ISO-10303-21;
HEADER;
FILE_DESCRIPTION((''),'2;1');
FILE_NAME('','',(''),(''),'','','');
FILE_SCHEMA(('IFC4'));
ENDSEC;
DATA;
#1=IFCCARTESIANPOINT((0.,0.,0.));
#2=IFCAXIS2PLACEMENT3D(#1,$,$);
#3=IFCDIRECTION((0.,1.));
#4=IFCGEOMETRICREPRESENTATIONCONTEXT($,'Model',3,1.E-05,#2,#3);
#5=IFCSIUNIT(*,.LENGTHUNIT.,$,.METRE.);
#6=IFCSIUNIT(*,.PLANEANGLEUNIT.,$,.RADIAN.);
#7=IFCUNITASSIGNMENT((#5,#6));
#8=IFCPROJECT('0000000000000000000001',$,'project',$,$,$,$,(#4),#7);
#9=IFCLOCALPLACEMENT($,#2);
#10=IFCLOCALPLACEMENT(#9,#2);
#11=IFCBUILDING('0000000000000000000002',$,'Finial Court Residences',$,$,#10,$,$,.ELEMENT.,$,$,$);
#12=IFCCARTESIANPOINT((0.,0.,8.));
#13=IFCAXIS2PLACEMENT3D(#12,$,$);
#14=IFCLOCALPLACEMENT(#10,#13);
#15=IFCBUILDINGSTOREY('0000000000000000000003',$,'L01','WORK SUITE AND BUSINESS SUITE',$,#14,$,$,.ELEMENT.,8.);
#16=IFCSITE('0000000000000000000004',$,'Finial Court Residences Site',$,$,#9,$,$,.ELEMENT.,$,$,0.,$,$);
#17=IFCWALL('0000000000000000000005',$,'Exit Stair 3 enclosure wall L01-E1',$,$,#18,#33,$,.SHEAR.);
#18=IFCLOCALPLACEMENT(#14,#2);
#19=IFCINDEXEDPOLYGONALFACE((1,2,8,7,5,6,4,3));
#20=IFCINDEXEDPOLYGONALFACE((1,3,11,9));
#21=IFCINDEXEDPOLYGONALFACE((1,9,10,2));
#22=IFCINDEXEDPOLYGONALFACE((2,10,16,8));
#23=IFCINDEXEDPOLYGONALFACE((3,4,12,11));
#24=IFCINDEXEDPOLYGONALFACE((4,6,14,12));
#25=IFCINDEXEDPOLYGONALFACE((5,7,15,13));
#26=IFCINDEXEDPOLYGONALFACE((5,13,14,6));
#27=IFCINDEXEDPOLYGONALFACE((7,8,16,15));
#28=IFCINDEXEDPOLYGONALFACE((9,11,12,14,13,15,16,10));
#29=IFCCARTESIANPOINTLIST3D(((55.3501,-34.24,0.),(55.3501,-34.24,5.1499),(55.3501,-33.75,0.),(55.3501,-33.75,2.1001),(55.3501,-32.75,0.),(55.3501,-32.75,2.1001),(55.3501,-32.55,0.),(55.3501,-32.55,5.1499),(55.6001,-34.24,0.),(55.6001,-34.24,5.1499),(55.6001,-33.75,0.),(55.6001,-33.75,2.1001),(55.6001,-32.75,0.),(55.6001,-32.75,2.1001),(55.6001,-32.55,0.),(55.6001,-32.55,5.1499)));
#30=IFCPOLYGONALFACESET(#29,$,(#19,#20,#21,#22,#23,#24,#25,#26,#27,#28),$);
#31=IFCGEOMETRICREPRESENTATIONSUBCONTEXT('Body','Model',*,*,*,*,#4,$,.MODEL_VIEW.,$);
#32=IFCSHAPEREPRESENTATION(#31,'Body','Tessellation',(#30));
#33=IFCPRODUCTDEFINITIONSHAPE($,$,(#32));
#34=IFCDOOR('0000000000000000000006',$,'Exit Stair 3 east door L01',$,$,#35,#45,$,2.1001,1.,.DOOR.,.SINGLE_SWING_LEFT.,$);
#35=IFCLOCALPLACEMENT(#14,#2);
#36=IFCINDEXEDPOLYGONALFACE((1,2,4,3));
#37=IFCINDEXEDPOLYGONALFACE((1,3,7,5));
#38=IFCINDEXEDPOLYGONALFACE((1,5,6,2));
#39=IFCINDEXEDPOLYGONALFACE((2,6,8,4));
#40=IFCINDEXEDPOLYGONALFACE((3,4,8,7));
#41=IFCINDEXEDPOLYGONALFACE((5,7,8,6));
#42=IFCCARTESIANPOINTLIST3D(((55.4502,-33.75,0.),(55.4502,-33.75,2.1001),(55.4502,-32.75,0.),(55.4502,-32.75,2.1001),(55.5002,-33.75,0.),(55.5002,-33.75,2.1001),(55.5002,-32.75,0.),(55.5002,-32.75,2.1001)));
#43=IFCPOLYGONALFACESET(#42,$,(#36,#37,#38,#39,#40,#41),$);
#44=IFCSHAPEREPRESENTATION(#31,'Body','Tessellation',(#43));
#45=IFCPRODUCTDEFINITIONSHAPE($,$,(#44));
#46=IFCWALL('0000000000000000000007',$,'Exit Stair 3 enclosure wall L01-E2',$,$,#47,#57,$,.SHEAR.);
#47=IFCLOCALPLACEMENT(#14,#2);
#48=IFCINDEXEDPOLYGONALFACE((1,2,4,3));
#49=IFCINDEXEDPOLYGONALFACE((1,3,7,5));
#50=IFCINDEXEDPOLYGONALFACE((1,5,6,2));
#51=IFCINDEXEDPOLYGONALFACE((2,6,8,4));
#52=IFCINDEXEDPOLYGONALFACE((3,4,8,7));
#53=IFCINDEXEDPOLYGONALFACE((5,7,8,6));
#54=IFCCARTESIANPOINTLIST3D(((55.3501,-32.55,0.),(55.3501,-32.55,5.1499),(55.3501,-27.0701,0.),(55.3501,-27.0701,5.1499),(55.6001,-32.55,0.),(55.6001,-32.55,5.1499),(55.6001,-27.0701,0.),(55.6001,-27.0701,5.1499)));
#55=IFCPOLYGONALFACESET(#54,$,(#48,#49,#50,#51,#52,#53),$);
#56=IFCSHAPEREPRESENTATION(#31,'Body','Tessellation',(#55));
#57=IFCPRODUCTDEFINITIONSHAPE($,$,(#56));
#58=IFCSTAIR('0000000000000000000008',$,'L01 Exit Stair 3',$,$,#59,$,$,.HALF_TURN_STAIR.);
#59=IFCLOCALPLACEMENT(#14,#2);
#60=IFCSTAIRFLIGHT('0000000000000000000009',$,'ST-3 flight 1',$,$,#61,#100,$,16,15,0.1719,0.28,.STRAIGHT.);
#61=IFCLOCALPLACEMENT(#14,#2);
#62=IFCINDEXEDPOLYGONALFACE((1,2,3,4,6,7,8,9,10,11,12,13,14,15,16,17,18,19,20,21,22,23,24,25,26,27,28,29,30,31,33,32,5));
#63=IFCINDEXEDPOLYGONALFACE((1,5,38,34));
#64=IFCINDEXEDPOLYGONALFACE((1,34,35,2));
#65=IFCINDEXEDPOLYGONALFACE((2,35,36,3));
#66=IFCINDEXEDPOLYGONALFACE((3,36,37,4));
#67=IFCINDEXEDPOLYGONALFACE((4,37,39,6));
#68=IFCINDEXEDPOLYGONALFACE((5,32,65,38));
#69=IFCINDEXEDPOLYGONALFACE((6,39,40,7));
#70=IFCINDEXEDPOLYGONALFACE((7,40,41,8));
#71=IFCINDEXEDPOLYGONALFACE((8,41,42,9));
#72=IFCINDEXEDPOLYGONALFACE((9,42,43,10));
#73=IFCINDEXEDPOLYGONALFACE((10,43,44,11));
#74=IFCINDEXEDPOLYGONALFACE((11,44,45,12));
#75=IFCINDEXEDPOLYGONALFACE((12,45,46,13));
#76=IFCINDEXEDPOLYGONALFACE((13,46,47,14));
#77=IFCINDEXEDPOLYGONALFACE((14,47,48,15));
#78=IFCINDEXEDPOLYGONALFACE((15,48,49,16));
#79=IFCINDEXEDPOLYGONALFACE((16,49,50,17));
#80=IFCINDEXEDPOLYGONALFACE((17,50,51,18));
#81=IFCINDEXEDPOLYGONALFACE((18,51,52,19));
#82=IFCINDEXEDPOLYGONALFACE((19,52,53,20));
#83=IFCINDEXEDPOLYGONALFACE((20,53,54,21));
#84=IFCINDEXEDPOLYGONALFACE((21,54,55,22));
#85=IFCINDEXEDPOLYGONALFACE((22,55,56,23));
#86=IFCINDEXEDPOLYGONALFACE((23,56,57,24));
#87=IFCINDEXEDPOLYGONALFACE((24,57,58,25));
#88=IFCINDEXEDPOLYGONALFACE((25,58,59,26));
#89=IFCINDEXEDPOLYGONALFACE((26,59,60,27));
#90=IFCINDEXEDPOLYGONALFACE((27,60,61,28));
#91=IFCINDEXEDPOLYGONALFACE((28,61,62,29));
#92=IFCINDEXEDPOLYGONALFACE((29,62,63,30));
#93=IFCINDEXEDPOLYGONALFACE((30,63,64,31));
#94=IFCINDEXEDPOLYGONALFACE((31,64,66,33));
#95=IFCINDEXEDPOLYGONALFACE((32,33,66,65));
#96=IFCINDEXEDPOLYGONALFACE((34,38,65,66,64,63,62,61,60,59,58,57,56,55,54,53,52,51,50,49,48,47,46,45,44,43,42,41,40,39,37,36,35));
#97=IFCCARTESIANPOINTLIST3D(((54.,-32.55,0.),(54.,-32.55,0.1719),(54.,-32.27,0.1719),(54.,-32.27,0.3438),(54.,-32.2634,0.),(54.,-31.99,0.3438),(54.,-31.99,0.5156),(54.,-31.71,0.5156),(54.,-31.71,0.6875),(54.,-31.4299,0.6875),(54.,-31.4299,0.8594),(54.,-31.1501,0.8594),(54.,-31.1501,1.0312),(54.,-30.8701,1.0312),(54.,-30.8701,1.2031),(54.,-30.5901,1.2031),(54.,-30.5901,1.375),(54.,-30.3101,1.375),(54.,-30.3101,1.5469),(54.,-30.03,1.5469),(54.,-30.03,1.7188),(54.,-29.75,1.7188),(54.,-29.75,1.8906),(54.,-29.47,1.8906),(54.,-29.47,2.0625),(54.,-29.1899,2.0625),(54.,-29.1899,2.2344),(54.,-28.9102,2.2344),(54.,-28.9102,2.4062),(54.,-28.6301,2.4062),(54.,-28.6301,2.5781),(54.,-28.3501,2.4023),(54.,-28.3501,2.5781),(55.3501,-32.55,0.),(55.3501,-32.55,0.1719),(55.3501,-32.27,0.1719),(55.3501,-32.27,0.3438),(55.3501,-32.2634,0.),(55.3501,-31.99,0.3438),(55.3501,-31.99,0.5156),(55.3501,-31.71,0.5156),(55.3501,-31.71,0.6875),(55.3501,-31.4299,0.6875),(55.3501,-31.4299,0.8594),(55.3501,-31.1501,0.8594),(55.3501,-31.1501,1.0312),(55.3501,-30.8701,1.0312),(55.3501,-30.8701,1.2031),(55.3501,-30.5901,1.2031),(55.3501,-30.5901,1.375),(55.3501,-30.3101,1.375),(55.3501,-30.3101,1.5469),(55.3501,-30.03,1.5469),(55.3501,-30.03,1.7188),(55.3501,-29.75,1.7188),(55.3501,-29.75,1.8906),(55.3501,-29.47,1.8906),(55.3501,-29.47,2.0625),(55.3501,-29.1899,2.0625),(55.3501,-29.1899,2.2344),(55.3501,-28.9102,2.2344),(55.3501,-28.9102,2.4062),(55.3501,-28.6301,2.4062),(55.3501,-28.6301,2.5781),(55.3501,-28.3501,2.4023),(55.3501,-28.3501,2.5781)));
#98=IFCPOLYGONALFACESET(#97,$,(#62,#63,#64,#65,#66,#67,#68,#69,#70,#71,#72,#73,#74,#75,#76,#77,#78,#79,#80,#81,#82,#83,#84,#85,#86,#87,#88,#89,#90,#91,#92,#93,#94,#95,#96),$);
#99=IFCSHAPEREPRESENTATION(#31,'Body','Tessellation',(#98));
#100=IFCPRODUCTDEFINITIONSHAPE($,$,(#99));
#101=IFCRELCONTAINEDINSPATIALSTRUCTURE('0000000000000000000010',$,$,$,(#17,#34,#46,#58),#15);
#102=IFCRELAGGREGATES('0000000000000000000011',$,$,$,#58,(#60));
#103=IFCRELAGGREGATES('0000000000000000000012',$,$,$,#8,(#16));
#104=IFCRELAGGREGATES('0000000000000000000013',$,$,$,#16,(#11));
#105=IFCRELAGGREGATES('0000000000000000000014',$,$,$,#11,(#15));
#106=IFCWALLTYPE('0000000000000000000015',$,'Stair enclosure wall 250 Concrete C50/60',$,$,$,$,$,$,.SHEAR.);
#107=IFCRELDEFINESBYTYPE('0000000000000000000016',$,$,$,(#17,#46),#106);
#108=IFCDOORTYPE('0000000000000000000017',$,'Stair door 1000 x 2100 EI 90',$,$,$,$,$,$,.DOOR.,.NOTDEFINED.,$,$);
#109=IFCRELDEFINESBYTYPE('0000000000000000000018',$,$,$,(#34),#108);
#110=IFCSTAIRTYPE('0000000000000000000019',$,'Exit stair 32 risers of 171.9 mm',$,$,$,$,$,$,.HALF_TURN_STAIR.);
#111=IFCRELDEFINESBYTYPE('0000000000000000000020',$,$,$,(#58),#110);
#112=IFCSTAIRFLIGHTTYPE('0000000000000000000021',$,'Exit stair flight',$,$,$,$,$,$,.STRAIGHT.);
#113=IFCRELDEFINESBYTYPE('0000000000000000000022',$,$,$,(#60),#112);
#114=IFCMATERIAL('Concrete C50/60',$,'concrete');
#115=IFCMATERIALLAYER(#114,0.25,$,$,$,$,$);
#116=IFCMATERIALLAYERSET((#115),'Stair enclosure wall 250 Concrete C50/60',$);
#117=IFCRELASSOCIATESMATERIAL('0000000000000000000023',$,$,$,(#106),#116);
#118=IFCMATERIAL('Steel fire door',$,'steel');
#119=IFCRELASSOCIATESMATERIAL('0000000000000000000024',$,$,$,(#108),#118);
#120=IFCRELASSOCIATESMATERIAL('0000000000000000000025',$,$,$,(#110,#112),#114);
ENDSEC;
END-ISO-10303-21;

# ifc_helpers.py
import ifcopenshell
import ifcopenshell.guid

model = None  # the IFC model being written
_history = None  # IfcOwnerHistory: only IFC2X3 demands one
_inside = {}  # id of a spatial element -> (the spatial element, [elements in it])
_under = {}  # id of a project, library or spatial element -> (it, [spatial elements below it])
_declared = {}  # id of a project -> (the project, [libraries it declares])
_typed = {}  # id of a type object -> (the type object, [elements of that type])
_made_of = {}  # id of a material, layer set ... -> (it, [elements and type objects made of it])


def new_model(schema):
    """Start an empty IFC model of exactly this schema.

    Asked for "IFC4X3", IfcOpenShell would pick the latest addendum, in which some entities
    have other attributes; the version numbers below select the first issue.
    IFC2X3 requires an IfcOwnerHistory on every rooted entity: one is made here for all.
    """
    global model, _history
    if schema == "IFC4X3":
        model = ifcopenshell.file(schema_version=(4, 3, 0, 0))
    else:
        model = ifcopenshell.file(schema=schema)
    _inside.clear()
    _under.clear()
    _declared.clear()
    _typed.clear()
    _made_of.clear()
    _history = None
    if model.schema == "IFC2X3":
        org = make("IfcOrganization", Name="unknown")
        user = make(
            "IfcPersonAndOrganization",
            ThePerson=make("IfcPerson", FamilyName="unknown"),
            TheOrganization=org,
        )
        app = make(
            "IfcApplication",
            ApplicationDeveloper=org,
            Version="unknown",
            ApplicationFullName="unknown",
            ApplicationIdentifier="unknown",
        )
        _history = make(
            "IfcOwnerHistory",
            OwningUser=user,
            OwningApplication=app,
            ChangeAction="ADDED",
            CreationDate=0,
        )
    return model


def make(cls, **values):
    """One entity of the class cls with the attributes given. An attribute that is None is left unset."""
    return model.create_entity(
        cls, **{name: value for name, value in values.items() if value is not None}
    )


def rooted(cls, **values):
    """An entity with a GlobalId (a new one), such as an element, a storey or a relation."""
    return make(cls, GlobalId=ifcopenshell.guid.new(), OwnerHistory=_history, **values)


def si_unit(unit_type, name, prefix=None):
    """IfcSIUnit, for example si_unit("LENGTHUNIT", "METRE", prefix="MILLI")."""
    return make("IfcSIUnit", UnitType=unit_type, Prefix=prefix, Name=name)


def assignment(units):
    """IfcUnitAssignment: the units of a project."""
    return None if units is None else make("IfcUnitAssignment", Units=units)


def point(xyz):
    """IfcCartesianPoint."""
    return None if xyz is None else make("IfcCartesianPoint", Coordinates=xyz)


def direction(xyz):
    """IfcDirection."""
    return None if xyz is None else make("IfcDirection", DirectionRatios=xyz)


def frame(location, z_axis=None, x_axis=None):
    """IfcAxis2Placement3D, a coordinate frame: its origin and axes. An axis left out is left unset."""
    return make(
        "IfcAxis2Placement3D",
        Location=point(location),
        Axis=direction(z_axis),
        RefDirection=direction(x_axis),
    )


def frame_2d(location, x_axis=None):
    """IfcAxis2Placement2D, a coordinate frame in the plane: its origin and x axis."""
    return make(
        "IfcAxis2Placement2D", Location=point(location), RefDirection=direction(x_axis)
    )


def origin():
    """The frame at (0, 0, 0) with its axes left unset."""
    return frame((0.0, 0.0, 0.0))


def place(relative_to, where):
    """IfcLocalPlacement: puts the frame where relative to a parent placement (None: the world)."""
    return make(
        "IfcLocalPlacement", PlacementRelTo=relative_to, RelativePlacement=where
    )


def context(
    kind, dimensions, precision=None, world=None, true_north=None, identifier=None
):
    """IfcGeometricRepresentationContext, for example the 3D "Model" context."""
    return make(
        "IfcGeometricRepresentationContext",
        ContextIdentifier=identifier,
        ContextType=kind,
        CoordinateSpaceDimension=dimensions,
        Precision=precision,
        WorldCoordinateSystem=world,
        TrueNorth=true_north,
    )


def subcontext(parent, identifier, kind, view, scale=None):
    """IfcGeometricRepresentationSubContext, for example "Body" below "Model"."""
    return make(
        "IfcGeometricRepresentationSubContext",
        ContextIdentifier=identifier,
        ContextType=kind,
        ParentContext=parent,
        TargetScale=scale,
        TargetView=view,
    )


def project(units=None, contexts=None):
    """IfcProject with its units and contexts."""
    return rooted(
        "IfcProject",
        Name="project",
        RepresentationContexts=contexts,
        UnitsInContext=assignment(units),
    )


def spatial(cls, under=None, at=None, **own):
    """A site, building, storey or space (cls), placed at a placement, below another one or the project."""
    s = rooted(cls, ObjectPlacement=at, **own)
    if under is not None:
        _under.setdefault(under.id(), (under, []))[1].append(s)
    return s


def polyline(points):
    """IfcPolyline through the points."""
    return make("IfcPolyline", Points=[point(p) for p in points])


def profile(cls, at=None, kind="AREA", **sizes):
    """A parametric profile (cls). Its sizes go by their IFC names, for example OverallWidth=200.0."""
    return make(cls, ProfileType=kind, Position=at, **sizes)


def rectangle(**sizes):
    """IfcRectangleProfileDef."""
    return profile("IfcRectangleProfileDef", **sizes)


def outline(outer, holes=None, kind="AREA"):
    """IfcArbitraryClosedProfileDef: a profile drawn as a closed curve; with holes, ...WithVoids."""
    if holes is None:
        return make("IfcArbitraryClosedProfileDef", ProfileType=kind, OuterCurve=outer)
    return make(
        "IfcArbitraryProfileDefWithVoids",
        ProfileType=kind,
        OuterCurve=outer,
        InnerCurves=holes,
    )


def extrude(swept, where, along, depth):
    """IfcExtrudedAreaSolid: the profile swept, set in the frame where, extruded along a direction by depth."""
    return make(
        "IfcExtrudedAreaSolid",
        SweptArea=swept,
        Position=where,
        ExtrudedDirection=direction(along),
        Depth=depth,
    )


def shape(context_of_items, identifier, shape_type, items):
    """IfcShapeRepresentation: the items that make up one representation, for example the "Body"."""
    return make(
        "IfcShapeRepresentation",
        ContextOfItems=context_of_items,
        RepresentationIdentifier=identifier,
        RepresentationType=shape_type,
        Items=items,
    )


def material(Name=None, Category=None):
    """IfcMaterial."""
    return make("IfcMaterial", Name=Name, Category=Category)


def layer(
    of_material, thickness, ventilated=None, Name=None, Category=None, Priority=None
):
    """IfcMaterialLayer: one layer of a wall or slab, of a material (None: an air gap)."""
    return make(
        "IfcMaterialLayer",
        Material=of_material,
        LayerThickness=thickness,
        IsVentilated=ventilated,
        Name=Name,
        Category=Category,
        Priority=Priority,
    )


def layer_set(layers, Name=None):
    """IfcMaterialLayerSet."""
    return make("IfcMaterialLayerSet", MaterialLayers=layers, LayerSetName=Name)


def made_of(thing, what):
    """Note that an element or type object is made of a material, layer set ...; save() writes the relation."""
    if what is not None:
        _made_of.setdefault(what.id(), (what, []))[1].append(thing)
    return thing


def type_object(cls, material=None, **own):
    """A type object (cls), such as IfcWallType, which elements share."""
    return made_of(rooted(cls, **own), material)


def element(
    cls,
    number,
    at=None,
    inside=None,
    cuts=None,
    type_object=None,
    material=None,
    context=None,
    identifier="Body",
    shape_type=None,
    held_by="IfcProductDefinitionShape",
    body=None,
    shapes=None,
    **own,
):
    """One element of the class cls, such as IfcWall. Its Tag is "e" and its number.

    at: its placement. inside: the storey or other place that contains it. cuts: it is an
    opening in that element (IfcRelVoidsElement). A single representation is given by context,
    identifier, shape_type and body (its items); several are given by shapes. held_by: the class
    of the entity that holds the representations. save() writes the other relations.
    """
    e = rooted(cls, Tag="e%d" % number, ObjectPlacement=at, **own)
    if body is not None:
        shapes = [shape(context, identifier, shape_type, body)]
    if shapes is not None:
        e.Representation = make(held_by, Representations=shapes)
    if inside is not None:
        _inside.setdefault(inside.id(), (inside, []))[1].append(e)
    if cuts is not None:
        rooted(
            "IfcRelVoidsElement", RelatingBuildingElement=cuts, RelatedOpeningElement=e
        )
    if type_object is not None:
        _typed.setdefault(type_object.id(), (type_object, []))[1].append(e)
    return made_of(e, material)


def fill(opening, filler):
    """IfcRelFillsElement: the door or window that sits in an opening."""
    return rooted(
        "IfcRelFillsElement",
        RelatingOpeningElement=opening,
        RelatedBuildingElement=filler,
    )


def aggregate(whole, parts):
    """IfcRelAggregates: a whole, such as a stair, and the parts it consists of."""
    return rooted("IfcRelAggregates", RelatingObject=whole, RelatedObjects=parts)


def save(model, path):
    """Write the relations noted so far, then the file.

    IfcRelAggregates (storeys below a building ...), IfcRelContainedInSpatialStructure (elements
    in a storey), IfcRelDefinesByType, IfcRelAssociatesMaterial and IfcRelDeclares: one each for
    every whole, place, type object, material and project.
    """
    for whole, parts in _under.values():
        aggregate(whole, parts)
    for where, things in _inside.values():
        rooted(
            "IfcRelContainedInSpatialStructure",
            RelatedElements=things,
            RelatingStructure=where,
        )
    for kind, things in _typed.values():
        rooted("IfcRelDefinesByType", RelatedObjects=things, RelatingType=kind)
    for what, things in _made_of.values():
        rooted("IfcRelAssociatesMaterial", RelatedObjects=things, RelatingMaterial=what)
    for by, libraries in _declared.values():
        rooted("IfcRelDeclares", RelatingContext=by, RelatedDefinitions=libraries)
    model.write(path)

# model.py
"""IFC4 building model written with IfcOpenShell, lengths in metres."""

from ifc_helpers import new_model, si_unit, direction, frame, frame_2d, origin, place, context, subcontext, project, spatial, polyline, rectangle, outline, extrude, material, layer, layer_set, type_object, element, fill, aggregate, save


model = new_model("IFC4")

# Units and contexts
model_context = context("Model", 3, precision=1e-05, world=origin(), true_north=direction((0.0, 1.0)))
body_context = subcontext(model_context, "Body", "Model", "MODEL_VIEW")
ifc_project = project(units=[si_unit("LENGTHUNIT", "METRE"), si_unit("PLANEANGLEUNIT", "RADIAN")], contexts=[model_context])

# Site, building, storey
site_placement = place(None, origin())
site = spatial("IfcSite", under=ifc_project, at=site_placement, Name="Finial Court Residences Site", CompositionType="ELEMENT", RefElevation=0.0)
building_placement = place(site_placement, origin())
building = spatial("IfcBuilding", under=site, at=building_placement, Name="Finial Court Residences", CompositionType="ELEMENT")
storey_placement = place(building_placement, frame((0.0, 0.0, 8.0)))
storey = spatial("IfcBuildingStorey", under=building, at=storey_placement, Name="L01", Description="WORK SUITE AND BUSINESS SUITE", CompositionType="ELEMENT", Elevation=8.0)

# Shared definitions
ifc_material_1 = material(Name="Concrete C50/60", Category="concrete")

# Shared definitions
ifc_layer_1 = layer(ifc_material_1, 0.25)
ifc_layer_set_1 = layer_set([ifc_layer_1], Name="Stair enclosure wall 250 Concrete C50/60")
wall_type_1 = type_object("IfcWallType", Name="Stair enclosure wall 250 Concrete C50/60", PredefinedType="SHEAR", material=ifc_layer_set_1)
ifc_material_2 = material(Name="Steel fire door", Category="steel")
door_type = type_object("IfcDoorType", Name="Stair door 1000 x 2100 EI 90", OperationType="NOTDEFINED", PredefinedType="DOOR", material=ifc_material_2)

# Wall, opening, door
wall_1_placement = place(storey_placement, frame((55.4751, -34.24, 0.0), z_axis=(0.0, 0.0, 1.0), x_axis=(0.0, 1.0, 0.0)))
wall_1 = element("IfcWall", 1, at=wall_1_placement, inside=storey, type_object=wall_type_1, Name="Exit Stair 3 enclosure wall L01-E1", PredefinedType="SHEAR", context=body_context, shape_type="SweptSolid", body=[
    extrude(rectangle(XDim=1.6899, YDim=0.25, at=frame_2d((0.845, 0.0))), origin(), (0.0, 0.0, 1.0), 5.1499),
])
opening_1_placement = place(wall_1_placement, frame((0.49, 0.0, 0.0)))
opening_1 = element("IfcOpeningElement", 2, at=opening_1_placement, cuts=wall_1, PredefinedType="OPENING", context=body_context, shape_type="SweptSolid", body=[
    extrude(rectangle(XDim=1.0, YDim=2.1001, at=frame_2d((0.5, 1.05))), frame((0.0, 0.135, 0.0), z_axis=(0.0, -1.0, 0.0), x_axis=(1.0, 0.0, 0.0)), (0.0, 0.0, 1.0), 0.27),
])
door_1_placement = place(opening_1_placement, origin())
door_1 = element("IfcDoor", 3, at=door_1_placement, inside=storey, type_object=door_type, Name="Exit Stair 3 east door L01", OperationType="SINGLE_SWING_LEFT", OverallHeight=2.1001, OverallWidth=1.0, PredefinedType="DOOR", context=body_context, shape_type="SweptSolid", body=[
    extrude(rectangle(XDim=1.0, YDim=2.1001, at=frame_2d((0.5, 1.05))), frame((0.0, 0.0249, 0.0), z_axis=(0.0, -1.0, 0.0), x_axis=(1.0, 0.0, 0.0)), (0.0, 0.0, 1.0), 0.05),
])
fill(opening_1, door_1)

# Wall
wall_2_placement = place(storey_placement, frame((55.4751, -32.55, 0.0), z_axis=(0.0, 0.0, 1.0), x_axis=(0.0, 1.0, 0.0)))
element("IfcWall", 4, at=wall_2_placement, inside=storey, type_object=wall_type_1, Name="Exit Stair 3 enclosure wall L01-E2", PredefinedType="SHEAR", context=body_context, shape_type="SweptSolid", body=[
    extrude(rectangle(XDim=5.48, YDim=0.25, at=frame_2d((2.74, 0.0))), origin(), (0.0, 0.0, 1.0), 5.1499),
])

# Stair, stair flight
stair_type = type_object("IfcStairType", Name="Exit stair 32 risers of 171.9 mm", PredefinedType="HALF_TURN_STAIR", material=ifc_material_1)
stair_placement = place(storey_placement, origin())
stair = element("IfcStair", 5, at=stair_placement, inside=storey, type_object=stair_type, Name="L01 Exit Stair 3", PredefinedType="HALF_TURN_STAIR")
stair_flight_type = type_object("IfcStairFlightType", Name="Exit stair flight", PredefinedType="STRAIGHT", material=ifc_material_1)
stair_flight_placement = place(storey_placement, frame((54.675, -32.55, 0.0), z_axis=(0.0, 0.0, 1.0), x_axis=(0.0, 1.0, 0.0)))
stair_flight = element("IfcStairFlight", 6, at=stair_flight_placement, type_object=stair_flight_type, Name="ST-3 flight 1", NumberOfRisers=16, NumberOfTreads=15, PredefinedType="STRAIGHT", RiserHeight=0.1719, TreadLength=0.28, context=body_context, shape_type="SweptSolid", body=[
    extrude(outline(polyline([(0.0, 0.0), (0.0, 0.1719), (0.28, 0.1719), (0.28, 0.3438), (0.5601, 0.3438), (0.5601, 0.5156), (0.8401, 0.5156), (0.8401, 0.6875), (1.1201, 0.6875), (1.1201, 0.8594), (1.3999, 0.8594), (1.3999, 1.0312), (1.6799, 1.0312), (1.6799, 1.2031), (1.96, 1.2031), (1.96, 1.375), (2.24, 1.375), (2.24, 1.5469), (2.52, 1.5469), (2.52, 1.7188), (2.8, 1.7188), (2.8, 1.8906), (3.0801, 1.8906), (3.0801, 2.0625), (3.3601, 2.0625), (3.3601, 2.2344), (3.6399, 2.2344), (3.6399, 2.4062), (3.9199, 2.4062), (3.9199, 2.5781), (4.2, 2.5781), (4.2, 2.75), (4.2, 2.4023), (0.2866, 0.0), (0.0, 0.0)])), frame((0.0, 0.675, 0.0), z_axis=(0.0, -1.0, 0.0), x_axis=(1.0, 0.0, 0.0)), (0.0, 0.0, 1.0), 1.3501),
])
aggregate(stair, [stair_flight])

save(model, "model.ifc")
